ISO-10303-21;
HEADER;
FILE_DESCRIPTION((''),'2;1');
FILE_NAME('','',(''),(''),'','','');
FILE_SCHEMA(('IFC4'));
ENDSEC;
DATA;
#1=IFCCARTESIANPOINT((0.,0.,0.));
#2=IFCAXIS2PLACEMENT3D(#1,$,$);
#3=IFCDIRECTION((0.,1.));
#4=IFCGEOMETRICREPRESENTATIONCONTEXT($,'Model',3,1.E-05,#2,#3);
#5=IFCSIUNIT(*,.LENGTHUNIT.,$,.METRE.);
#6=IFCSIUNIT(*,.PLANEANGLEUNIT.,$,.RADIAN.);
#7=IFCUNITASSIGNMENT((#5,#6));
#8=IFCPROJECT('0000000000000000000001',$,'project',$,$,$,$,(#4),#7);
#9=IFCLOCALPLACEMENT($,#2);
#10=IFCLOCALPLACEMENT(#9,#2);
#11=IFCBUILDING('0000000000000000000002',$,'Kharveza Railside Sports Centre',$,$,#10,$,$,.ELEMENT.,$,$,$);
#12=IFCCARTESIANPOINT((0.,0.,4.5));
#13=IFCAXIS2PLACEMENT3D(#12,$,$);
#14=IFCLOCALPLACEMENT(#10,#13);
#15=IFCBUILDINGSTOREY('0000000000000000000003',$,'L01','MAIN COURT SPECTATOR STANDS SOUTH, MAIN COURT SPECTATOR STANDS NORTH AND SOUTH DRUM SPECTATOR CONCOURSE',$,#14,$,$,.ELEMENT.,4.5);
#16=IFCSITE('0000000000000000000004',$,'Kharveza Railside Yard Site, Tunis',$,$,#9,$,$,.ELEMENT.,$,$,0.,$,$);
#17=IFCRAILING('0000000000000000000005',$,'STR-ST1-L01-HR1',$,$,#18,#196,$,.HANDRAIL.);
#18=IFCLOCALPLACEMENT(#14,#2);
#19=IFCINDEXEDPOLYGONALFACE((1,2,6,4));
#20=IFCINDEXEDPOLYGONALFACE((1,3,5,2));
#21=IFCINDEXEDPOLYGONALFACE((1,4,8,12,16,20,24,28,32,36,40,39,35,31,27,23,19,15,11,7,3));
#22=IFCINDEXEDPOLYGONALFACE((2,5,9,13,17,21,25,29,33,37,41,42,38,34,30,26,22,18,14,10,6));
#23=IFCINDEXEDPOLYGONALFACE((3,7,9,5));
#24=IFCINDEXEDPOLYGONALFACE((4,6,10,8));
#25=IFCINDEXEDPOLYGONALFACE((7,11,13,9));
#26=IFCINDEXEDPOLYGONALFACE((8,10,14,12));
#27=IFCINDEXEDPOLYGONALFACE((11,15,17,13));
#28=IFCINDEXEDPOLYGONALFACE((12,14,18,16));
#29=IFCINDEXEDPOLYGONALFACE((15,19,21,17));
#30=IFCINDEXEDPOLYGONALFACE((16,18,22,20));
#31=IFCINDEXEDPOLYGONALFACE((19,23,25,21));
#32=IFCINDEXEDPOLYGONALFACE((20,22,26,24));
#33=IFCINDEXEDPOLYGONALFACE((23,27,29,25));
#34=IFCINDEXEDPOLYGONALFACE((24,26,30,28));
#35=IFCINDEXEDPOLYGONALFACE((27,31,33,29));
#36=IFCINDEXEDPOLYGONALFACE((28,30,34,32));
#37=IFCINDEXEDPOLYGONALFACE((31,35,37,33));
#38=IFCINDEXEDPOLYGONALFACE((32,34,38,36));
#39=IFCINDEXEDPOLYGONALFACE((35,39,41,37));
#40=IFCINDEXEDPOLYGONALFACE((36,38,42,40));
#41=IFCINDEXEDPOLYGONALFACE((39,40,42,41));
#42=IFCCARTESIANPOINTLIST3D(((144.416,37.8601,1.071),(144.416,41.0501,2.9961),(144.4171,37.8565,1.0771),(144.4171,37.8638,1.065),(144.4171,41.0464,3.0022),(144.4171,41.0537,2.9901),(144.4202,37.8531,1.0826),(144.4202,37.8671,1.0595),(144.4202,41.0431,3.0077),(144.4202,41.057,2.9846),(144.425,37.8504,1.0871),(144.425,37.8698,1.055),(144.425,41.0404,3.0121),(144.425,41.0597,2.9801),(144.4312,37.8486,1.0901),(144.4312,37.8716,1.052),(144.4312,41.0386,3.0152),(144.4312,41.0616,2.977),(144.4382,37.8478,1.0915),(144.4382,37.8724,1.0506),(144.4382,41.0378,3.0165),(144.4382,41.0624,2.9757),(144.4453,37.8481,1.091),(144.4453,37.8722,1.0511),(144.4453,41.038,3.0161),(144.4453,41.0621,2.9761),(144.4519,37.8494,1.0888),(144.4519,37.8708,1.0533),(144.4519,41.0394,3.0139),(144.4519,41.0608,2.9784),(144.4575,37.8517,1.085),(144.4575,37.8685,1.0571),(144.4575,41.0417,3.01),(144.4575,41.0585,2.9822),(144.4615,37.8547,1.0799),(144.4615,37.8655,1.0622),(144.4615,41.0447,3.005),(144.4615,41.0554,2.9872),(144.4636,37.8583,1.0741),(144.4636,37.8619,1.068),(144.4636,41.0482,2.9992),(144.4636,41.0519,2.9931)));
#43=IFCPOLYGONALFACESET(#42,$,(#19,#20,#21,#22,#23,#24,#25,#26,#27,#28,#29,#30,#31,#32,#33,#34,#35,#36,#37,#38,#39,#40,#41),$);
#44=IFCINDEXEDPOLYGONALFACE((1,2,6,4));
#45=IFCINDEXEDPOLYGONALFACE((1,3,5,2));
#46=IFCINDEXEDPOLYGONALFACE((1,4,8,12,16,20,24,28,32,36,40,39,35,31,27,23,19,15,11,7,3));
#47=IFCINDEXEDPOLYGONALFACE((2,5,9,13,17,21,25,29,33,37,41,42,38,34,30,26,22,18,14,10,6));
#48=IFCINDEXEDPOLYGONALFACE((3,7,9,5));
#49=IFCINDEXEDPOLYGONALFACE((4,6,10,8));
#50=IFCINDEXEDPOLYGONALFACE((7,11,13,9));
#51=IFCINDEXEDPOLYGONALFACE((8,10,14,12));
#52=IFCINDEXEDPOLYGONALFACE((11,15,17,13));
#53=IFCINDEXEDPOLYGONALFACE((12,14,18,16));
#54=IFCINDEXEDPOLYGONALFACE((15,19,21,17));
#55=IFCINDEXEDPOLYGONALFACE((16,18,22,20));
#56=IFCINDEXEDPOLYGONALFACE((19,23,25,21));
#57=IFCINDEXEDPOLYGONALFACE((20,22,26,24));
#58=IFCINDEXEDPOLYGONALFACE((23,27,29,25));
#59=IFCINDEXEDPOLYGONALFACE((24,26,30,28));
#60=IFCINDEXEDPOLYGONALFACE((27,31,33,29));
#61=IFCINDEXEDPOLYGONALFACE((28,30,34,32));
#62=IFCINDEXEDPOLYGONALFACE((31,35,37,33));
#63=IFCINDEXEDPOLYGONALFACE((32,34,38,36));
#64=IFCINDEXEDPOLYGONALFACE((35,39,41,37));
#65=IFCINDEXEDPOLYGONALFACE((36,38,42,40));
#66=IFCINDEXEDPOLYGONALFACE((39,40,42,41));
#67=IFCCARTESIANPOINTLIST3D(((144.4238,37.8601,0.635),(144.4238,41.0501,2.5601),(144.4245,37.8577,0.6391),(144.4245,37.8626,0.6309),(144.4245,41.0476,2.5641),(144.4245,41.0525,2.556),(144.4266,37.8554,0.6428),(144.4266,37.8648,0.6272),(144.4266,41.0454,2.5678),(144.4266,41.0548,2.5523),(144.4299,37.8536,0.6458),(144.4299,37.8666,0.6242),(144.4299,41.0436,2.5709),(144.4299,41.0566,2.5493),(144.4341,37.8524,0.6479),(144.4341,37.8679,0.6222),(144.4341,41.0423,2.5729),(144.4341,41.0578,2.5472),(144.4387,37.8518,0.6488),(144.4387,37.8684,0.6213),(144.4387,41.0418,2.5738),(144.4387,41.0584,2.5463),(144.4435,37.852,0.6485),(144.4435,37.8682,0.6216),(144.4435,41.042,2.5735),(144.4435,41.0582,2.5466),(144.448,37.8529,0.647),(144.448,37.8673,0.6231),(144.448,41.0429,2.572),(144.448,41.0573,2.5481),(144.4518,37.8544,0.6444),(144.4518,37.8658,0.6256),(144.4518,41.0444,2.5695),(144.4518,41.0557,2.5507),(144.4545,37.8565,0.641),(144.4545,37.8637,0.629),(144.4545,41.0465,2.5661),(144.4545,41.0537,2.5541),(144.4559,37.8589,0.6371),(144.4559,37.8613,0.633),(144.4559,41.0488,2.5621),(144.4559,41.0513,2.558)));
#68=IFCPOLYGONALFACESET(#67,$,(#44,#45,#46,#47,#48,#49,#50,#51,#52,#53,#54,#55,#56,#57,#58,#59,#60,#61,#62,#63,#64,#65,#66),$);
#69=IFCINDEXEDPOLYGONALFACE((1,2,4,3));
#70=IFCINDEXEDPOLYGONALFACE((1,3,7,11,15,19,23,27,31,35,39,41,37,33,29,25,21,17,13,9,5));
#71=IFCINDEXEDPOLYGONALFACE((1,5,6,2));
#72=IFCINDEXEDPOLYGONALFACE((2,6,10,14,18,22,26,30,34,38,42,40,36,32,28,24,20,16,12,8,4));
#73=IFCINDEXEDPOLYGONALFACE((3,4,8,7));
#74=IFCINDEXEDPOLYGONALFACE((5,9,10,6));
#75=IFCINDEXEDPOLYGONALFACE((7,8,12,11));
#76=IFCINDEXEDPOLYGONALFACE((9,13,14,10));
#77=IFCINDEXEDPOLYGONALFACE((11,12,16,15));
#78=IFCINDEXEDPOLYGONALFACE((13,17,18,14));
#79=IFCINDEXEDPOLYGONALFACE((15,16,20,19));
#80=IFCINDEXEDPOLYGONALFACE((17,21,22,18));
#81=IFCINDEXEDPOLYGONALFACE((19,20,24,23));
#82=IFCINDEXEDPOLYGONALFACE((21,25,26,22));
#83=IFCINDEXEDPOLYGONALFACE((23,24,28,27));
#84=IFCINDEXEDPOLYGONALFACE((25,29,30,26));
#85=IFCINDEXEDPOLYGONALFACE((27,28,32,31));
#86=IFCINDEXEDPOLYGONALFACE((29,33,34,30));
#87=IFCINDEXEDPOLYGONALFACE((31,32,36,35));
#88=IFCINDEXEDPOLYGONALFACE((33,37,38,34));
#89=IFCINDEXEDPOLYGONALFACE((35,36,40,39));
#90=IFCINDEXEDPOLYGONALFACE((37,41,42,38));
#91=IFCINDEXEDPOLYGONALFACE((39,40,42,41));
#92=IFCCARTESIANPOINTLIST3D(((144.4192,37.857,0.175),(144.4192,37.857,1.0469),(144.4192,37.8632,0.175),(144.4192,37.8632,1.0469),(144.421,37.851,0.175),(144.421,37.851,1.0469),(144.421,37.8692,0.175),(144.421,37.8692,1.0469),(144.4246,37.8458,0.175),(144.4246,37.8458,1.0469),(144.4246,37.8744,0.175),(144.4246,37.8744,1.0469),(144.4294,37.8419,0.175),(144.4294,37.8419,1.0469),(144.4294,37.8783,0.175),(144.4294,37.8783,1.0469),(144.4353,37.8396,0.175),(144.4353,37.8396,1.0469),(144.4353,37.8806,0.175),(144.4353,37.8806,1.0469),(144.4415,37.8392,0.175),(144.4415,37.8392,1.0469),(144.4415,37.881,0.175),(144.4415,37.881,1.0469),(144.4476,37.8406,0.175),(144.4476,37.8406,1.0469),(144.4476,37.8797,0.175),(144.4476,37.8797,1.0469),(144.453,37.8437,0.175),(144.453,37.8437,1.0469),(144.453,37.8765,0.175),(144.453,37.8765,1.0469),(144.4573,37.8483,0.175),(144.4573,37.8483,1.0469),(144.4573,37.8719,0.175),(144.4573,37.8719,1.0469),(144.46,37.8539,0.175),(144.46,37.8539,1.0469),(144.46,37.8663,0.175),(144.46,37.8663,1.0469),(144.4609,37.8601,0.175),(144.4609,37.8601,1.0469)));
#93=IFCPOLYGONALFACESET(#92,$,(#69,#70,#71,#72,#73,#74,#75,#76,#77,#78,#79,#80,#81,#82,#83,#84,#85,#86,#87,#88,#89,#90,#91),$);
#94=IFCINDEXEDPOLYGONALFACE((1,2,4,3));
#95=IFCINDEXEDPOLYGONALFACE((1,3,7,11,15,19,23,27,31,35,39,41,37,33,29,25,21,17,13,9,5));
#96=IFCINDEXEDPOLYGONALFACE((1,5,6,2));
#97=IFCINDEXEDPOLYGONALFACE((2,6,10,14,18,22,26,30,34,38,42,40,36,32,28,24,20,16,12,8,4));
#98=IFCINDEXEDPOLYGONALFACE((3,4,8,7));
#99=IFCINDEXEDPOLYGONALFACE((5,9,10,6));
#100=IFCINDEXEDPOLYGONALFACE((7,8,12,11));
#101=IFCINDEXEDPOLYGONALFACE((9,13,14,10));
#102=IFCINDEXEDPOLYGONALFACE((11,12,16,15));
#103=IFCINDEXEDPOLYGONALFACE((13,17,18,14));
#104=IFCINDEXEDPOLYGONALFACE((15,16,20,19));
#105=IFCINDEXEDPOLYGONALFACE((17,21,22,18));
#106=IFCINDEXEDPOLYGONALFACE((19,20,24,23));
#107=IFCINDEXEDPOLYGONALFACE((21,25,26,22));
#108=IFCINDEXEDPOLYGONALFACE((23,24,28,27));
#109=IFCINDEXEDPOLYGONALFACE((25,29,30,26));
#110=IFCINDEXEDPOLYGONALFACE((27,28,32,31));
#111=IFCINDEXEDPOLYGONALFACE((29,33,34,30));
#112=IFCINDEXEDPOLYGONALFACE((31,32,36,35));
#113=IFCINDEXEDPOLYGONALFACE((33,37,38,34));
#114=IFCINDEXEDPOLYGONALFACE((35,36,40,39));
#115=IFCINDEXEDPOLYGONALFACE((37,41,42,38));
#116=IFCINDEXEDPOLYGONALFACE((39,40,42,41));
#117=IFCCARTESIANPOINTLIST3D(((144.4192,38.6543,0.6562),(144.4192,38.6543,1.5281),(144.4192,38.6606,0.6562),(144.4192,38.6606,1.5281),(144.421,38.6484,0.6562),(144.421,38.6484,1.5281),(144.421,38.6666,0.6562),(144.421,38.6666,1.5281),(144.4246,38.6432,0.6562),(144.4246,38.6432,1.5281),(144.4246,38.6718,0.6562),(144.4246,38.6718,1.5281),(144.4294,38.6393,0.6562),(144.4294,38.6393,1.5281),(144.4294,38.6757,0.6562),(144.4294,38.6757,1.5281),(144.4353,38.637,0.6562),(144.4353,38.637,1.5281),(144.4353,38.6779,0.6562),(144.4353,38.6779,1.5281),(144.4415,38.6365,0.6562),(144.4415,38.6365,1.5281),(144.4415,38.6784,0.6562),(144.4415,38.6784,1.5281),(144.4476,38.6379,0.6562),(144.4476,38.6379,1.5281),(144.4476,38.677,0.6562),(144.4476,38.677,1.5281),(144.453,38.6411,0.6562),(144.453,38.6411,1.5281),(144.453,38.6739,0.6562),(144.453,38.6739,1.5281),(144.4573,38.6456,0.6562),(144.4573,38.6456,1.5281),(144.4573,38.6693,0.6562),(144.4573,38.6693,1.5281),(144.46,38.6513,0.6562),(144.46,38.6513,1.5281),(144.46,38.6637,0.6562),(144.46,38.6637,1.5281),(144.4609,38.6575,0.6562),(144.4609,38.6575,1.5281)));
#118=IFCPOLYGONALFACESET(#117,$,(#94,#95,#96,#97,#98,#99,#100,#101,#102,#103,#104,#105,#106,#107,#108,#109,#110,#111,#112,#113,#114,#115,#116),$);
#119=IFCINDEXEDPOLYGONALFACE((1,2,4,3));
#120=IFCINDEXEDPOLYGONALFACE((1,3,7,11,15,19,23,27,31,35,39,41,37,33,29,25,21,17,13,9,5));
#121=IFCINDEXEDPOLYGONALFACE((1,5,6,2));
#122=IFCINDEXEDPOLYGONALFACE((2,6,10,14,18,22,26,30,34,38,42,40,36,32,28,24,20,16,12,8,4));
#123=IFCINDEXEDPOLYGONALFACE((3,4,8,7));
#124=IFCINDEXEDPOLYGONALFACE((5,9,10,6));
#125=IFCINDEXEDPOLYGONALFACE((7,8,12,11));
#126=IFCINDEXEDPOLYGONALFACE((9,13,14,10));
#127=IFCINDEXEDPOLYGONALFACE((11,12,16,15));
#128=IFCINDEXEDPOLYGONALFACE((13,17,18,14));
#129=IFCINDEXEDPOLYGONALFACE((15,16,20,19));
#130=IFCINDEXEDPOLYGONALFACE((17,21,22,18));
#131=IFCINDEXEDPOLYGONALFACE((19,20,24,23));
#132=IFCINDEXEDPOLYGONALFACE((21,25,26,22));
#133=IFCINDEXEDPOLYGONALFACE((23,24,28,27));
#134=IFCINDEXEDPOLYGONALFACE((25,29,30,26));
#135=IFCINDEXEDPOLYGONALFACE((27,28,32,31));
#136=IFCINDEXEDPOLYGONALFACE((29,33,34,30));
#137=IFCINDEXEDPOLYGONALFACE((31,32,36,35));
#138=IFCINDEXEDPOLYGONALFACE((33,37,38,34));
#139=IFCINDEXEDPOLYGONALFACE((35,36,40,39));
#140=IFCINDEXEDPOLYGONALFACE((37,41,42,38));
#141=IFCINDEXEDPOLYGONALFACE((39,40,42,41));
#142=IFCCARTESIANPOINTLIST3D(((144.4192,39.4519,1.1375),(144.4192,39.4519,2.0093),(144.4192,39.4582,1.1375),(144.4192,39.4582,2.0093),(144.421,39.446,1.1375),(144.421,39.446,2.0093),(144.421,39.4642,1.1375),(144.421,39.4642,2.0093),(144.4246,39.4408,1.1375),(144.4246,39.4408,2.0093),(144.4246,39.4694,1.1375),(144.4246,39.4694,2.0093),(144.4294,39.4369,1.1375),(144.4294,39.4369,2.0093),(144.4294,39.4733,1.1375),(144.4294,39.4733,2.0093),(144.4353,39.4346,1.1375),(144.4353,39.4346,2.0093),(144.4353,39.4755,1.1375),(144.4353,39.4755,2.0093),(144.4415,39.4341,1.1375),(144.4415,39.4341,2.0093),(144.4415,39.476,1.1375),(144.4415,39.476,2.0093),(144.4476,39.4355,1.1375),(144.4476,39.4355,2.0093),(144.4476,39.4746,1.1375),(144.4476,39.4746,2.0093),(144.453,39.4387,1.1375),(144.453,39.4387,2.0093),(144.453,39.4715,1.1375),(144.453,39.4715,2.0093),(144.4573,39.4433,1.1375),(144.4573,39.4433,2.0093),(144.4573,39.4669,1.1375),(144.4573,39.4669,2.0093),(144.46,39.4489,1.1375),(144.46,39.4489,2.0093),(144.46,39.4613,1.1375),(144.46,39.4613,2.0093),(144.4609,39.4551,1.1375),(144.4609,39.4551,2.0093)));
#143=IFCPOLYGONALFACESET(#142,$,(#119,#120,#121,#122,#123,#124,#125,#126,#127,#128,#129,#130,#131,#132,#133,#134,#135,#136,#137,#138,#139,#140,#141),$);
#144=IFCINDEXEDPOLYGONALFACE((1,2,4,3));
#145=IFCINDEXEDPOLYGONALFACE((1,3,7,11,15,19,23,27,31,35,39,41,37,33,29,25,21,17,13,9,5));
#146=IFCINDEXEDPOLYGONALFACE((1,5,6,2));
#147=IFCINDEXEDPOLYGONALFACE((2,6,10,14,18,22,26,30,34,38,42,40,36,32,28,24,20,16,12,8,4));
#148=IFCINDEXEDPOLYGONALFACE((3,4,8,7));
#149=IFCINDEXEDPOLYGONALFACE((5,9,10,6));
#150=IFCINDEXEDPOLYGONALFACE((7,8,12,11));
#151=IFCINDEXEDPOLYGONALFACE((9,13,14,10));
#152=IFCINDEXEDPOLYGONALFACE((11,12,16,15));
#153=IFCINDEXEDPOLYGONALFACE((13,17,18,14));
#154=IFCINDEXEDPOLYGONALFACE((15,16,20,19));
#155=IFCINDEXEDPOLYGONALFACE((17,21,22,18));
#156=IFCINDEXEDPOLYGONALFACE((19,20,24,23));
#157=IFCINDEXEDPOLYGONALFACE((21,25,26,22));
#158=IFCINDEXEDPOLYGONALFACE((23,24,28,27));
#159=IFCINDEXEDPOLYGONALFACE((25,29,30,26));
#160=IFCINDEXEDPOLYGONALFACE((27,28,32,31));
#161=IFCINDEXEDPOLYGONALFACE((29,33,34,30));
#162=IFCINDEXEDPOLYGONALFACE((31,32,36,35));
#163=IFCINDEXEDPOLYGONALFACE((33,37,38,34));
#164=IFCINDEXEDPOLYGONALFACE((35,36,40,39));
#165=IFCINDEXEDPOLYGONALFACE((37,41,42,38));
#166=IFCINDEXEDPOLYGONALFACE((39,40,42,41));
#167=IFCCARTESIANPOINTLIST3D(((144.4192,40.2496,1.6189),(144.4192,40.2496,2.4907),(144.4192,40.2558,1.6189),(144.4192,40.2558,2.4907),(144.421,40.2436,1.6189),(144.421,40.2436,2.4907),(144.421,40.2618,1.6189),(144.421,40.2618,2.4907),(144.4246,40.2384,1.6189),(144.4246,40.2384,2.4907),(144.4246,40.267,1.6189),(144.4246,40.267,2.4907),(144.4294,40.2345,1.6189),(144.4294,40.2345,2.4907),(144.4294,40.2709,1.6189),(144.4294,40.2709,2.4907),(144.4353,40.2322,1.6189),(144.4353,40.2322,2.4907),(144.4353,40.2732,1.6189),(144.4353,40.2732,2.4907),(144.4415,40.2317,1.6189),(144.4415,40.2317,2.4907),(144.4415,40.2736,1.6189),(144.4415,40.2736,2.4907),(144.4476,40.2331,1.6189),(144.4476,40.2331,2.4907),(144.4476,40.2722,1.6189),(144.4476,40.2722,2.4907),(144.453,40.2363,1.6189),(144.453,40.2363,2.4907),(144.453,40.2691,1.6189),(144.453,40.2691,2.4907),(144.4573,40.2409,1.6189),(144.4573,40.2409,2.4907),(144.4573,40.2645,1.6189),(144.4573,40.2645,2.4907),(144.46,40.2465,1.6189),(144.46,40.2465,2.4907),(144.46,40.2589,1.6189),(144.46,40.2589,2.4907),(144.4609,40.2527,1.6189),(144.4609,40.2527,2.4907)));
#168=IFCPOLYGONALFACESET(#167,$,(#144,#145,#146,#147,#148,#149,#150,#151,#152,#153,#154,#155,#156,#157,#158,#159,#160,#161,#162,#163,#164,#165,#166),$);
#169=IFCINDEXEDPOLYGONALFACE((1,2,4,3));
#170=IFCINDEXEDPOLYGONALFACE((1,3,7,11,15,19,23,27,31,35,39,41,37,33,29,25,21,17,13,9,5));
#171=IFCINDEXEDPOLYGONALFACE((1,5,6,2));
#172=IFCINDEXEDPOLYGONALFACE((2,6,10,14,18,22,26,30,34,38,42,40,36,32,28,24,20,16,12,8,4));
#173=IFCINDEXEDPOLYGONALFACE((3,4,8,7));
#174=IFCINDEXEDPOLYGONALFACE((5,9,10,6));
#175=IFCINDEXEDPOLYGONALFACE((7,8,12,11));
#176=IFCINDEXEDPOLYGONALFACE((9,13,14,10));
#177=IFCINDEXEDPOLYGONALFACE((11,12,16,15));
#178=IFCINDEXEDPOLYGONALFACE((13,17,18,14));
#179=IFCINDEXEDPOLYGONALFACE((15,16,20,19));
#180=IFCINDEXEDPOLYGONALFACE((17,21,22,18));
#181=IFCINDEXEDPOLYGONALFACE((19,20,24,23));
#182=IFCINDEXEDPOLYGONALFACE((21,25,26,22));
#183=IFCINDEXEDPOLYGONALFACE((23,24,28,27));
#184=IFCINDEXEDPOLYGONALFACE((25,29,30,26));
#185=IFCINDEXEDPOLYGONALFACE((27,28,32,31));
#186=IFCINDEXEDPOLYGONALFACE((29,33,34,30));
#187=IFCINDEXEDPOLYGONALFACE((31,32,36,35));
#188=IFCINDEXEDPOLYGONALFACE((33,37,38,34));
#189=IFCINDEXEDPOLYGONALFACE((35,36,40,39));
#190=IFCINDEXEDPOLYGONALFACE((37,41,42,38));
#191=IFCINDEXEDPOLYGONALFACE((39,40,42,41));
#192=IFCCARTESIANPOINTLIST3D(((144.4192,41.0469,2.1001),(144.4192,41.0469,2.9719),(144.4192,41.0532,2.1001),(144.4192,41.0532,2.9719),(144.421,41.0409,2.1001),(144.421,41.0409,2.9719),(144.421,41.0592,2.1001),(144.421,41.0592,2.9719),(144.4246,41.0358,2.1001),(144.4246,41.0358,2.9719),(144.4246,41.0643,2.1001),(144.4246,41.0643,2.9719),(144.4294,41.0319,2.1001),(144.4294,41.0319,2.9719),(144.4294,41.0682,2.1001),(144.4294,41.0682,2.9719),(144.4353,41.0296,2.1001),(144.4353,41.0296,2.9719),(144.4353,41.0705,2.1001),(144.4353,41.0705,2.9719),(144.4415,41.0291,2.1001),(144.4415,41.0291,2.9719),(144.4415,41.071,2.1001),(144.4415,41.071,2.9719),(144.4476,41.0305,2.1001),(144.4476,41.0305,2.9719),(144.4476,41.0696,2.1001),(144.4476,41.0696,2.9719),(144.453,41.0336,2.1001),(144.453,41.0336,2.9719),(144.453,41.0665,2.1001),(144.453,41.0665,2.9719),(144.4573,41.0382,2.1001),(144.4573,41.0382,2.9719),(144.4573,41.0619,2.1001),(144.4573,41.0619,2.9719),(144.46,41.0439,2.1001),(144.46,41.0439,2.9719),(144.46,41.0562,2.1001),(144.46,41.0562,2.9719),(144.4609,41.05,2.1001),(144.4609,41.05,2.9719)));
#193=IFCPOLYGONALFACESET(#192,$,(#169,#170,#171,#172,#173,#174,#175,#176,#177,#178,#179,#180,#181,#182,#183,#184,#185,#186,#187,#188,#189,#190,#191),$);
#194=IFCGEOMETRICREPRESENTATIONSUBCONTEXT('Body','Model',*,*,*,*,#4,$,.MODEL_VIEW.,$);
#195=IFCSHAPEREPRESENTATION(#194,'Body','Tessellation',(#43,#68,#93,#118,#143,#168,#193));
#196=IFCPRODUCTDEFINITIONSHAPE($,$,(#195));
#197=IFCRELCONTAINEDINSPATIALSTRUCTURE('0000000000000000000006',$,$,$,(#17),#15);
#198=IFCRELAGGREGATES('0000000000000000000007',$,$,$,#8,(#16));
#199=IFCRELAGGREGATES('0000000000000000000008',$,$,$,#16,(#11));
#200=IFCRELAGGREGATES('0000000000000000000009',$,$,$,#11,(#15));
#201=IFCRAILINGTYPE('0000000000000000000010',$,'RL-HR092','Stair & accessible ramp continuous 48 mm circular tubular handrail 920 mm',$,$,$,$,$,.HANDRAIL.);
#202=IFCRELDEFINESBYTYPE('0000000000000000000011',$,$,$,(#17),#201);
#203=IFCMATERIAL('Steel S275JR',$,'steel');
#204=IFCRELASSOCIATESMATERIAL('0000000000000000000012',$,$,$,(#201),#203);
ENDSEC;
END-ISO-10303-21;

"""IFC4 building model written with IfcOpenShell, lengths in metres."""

from ifc_helpers import new_model, si_unit, direction, frame, origin, origin_2d, place, context, subcontext, project, spatial, circle, extrude, material, type_object, element, save


model = new_model("IFC4")

# Units and contexts
model_context = context("Model", 3, precision=1e-05, world=origin(), true_north=direction((0.0, 1.0)))
body_context = subcontext(model_context, "Body", "Model", "MODEL_VIEW")
ifc_project = project(units=[si_unit("LENGTHUNIT", "METRE"), si_unit("PLANEANGLEUNIT", "RADIAN")], contexts=[model_context])

# Site, building, storey
site_placement = place(None, origin())
site = spatial("IfcSite", under=ifc_project, at=site_placement, Name="Kharveza Railside Yard Site, Tunis", CompositionType="ELEMENT", RefElevation=0.0)
building_placement = place(site_placement, origin())
building = spatial("IfcBuilding", under=site, at=building_placement, Name="Kharveza Railside Sports Centre", CompositionType="ELEMENT")
storey_placement = place(building_placement, frame((0.0, 0.0, 4.5)))
storey = spatial("IfcBuildingStorey", under=building, at=storey_placement, Name="L01", Description="MAIN COURT SPECTATOR STANDS SOUTH, MAIN COURT SPECTATOR STANDS NORTH AND SOUTH DRUM SPECTATOR CONCOURSE", CompositionType="ELEMENT", Elevation=4.5)

# Railing
ifc_material_1 = material(Name="Steel S275JR", Category="steel")
railing_type_1 = type_object("IfcRailingType", Name="RL-HR092", Description="Stair & accessible ramp continuous 48 mm circular tubular handrail 920 mm", PredefinedType="HANDRAIL", material=ifc_material_1)
railing_1_placement = place(storey_placement, frame((144.4399, 37.8601, 0.175)))
element("IfcRailing", 1, at=railing_1_placement, inside=storey, type_object=railing_type_1, Name="STR-ST1-L01-HR1", PredefinedType="HANDRAIL", context=body_context, shape_type="SweptSolid", body=[
    extrude(circle(Radius=0.0239, at=origin_2d()), frame((0.0, 0.0, 0.896), z_axis=(0.0, 0.856178, 0.516682), x_axis=(-1.0, 0.0, 0.0)), (0.0, 0.0, 1.0), 3.7258),
    extrude(circle(Radius=0.0161, at=origin_2d()), frame((0.0, 0.0, 0.46), z_axis=(0.0, 0.856178, 0.516682), x_axis=(-1.0, 0.0, 0.0)), (0.0, 0.0, 1.0), 3.7258),
    extrude(circle(Radius=0.021, at=origin_2d()), origin(), (0.0, 0.0, 1.0), 0.8718),
    extrude(circle(Radius=0.021, at=origin_2d()), frame((0.0, 0.7974, 0.4812)), (0.0, 0.0, 1.0), 0.8718),
    extrude(circle(Radius=0.021, at=origin_2d()), frame((0.0, 1.595, 0.9624)), (0.0, 0.0, 1.0), 0.8718),
    extrude(circle(Radius=0.021, at=origin_2d()), frame((0.0, 2.3926, 1.4438)), (0.0, 0.0, 1.0), 0.8718),
    extrude(circle(Radius=0.021, at=origin_2d()), frame((0.0, 3.1899, 1.925)), (0.0, 0.0, 1.0), 0.8718),
])

save(model, "model.ifc")
